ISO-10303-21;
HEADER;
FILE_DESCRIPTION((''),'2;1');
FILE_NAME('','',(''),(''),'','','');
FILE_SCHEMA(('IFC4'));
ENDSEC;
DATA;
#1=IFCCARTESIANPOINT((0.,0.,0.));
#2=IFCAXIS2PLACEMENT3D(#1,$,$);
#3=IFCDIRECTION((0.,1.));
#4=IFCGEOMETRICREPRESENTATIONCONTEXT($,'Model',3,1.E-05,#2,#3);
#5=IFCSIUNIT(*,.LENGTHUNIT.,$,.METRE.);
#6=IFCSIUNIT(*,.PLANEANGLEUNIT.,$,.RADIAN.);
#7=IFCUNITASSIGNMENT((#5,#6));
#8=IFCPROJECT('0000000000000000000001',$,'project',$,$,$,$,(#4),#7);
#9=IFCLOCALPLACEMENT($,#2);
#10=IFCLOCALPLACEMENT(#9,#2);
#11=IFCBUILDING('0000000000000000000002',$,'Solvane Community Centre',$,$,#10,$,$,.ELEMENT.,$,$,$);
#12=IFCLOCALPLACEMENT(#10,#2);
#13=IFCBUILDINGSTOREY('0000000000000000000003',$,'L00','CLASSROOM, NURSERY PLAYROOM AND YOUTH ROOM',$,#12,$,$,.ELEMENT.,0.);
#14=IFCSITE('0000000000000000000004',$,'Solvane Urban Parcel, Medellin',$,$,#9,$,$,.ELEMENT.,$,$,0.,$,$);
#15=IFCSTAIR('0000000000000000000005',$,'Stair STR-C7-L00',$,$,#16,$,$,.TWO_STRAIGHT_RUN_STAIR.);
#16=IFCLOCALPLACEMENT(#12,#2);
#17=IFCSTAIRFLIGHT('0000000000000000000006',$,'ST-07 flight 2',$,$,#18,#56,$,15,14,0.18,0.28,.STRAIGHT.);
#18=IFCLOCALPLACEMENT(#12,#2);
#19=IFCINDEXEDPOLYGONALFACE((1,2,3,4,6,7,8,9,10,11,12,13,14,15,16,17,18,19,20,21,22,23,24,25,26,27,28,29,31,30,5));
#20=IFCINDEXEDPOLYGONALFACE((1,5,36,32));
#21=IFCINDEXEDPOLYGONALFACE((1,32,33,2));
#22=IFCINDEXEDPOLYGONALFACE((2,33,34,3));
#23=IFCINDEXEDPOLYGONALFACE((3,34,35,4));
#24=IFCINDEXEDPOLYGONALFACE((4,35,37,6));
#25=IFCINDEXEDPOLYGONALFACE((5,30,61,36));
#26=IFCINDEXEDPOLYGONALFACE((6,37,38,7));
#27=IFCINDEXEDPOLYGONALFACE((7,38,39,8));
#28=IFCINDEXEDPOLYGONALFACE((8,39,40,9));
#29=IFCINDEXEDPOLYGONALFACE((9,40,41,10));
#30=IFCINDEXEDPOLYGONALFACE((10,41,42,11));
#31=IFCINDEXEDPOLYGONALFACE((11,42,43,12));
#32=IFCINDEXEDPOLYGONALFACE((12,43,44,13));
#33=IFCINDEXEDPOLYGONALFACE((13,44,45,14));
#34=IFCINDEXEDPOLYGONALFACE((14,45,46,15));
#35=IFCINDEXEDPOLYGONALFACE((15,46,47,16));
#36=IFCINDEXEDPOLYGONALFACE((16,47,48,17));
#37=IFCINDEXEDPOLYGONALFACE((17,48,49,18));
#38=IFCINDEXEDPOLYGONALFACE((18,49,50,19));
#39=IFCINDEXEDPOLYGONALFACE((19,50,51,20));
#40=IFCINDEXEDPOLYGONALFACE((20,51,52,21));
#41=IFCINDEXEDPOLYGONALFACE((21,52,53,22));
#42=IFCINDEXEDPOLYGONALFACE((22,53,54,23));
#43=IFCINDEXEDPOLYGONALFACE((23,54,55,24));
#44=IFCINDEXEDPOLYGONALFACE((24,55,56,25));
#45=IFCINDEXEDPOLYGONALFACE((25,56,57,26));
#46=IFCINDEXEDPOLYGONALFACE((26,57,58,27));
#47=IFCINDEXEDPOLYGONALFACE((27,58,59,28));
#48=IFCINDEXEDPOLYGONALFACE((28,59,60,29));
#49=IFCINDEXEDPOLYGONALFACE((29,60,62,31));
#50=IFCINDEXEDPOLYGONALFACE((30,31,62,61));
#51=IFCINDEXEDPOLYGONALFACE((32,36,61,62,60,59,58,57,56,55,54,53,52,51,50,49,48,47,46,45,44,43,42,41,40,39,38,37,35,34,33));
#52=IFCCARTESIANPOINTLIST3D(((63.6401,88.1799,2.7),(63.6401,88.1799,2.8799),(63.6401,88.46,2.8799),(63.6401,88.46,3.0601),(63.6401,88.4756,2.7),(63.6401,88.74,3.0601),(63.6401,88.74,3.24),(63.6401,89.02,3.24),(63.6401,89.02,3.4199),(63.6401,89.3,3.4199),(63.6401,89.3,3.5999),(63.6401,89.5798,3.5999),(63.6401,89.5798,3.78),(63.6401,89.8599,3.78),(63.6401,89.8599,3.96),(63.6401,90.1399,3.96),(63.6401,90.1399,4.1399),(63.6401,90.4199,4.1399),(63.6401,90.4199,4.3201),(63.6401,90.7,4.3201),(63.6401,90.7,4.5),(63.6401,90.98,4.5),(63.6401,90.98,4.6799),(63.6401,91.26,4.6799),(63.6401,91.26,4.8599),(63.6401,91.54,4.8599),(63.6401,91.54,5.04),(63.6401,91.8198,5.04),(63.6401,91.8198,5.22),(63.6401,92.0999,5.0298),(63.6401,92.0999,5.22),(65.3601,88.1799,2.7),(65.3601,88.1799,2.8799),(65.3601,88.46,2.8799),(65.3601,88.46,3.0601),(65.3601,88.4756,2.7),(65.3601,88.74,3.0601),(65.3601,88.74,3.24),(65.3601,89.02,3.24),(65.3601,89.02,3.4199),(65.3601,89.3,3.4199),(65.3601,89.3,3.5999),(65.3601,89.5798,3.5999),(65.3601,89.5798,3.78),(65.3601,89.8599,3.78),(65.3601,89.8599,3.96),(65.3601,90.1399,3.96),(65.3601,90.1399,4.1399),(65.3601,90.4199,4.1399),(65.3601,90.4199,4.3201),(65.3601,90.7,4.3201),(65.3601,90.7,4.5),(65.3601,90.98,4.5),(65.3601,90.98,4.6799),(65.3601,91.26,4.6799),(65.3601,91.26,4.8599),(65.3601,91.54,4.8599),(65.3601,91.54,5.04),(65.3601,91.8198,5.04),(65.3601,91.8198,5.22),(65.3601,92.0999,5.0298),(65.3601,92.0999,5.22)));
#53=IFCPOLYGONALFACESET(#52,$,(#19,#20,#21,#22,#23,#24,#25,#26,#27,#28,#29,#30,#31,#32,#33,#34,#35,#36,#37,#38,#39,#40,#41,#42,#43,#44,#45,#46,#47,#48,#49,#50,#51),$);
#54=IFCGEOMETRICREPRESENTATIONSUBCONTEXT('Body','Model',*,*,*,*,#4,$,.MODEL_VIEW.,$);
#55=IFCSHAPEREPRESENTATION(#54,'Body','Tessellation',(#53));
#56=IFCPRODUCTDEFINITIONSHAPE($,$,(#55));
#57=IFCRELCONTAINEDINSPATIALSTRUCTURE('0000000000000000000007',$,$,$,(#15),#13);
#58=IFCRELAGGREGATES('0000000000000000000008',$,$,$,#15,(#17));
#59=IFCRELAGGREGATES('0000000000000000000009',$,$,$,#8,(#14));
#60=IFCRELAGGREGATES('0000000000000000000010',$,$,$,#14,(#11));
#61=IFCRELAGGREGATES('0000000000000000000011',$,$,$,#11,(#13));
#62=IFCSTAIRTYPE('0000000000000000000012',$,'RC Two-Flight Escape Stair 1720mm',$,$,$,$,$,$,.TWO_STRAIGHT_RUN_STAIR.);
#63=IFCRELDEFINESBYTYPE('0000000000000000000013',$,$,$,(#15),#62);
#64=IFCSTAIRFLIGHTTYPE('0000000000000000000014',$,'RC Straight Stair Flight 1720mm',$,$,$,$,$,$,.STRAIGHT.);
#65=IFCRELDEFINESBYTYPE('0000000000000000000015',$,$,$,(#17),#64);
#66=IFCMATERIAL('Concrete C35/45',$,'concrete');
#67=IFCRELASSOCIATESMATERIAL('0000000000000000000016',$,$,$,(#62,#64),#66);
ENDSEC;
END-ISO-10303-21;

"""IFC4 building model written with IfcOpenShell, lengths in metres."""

from ifc_helpers import new_model, si_unit, direction, frame, origin, place, context, subcontext, project, spatial, polyline, outline, extrude, material, type_object, element, aggregate, save


model = new_model("IFC4")

# Units and contexts
model_context = context("Model", 3, precision=1e-05, world=origin(), true_north=direction((0.0, 1.0)))
body_context = subcontext(model_context, "Body", "Model", "MODEL_VIEW")
ifc_project = project(units=[si_unit("LENGTHUNIT", "METRE"), si_unit("PLANEANGLEUNIT", "RADIAN")], contexts=[model_context])

# Site, building, storey
site_placement = place(None, origin())
site = spatial("IfcSite", under=ifc_project, at=site_placement, Name="Solvane Urban Parcel, Medellin", CompositionType="ELEMENT", RefElevation=0.0)
building_placement = place(site_placement, origin())
building = spatial("IfcBuilding", under=site, at=building_placement, Name="Solvane Community Centre", CompositionType="ELEMENT")
storey_placement = place(building_placement, origin())
storey = spatial("IfcBuildingStorey", under=building, at=storey_placement, Name="L00", Description="CLASSROOM, NURSERY PLAYROOM AND YOUTH ROOM", CompositionType="ELEMENT", Elevation=0.0)

# Shared definitions
ifc_material_1 = material(Name="Concrete C35/45", Category="concrete")

# Stair, stair flight
stair_type = type_object("IfcStairType", Name="RC Two-Flight Escape Stair 1720mm", PredefinedType="TWO_STRAIGHT_RUN_STAIR", material=ifc_material_1)
stair_placement = place(storey_placement, origin())
stair = element("IfcStair", 1, at=stair_placement, inside=storey, type_object=stair_type, Name="Stair STR-C7-L00", PredefinedType="TWO_STRAIGHT_RUN_STAIR")
stair_flight_type = type_object("IfcStairFlightType", Name="RC Straight Stair Flight 1720mm", PredefinedType="STRAIGHT", material=ifc_material_1)
stair_flight_1_placement = place(storey_placement, frame((64.5, 88.1799, 2.7), z_axis=(0.0, 0.0, 1.0), x_axis=(0.0, 1.0, 0.0)))
stair_flight_1 = element("IfcStairFlight", 2, at=stair_flight_1_placement, type_object=stair_flight_type, Name="ST-07 flight 2", NumberOfRisers=15, NumberOfTreads=14, PredefinedType="STRAIGHT", RiserHeight=0.18, TreadLength=0.28, context=body_context, shape_type="SweptSolid", body=[
    extrude(outline(polyline([(0.0, 0.0), (0.0, 0.1799), (0.28, 0.1799), (0.28, 0.3601), (0.5601, 0.3601), (0.5601, 0.54), (0.8401, 0.54), (0.8401, 0.72), (1.1201, 0.72), (1.1201, 0.8999), (1.3999, 0.8999), (1.3999, 1.0801), (1.6799, 1.0801), (1.6799, 1.26), (1.96, 1.26), (1.96, 1.4399), (2.24, 1.4399), (2.24, 1.6201), (2.52, 1.6201), (2.52, 1.8), (2.8, 1.8), (2.8, 1.98), (3.0801, 1.98), (3.0801, 2.1599), (3.3601, 2.1599), (3.3601, 2.3401), (3.6399, 2.3401), (3.6399, 2.52), (3.9199, 2.52), (3.9199, 2.7), (3.9199, 2.3298), (0.2957, 0.0), (0.0, 0.0)])), frame((0.0, 0.8599, 0.0), z_axis=(0.0, -1.0, 0.0), x_axis=(1.0, 0.0, 0.0)), (0.0, 0.0, 1.0), 1.72),
])
aggregate(stair, [stair_flight_1])

save(model, "model.ifc")
